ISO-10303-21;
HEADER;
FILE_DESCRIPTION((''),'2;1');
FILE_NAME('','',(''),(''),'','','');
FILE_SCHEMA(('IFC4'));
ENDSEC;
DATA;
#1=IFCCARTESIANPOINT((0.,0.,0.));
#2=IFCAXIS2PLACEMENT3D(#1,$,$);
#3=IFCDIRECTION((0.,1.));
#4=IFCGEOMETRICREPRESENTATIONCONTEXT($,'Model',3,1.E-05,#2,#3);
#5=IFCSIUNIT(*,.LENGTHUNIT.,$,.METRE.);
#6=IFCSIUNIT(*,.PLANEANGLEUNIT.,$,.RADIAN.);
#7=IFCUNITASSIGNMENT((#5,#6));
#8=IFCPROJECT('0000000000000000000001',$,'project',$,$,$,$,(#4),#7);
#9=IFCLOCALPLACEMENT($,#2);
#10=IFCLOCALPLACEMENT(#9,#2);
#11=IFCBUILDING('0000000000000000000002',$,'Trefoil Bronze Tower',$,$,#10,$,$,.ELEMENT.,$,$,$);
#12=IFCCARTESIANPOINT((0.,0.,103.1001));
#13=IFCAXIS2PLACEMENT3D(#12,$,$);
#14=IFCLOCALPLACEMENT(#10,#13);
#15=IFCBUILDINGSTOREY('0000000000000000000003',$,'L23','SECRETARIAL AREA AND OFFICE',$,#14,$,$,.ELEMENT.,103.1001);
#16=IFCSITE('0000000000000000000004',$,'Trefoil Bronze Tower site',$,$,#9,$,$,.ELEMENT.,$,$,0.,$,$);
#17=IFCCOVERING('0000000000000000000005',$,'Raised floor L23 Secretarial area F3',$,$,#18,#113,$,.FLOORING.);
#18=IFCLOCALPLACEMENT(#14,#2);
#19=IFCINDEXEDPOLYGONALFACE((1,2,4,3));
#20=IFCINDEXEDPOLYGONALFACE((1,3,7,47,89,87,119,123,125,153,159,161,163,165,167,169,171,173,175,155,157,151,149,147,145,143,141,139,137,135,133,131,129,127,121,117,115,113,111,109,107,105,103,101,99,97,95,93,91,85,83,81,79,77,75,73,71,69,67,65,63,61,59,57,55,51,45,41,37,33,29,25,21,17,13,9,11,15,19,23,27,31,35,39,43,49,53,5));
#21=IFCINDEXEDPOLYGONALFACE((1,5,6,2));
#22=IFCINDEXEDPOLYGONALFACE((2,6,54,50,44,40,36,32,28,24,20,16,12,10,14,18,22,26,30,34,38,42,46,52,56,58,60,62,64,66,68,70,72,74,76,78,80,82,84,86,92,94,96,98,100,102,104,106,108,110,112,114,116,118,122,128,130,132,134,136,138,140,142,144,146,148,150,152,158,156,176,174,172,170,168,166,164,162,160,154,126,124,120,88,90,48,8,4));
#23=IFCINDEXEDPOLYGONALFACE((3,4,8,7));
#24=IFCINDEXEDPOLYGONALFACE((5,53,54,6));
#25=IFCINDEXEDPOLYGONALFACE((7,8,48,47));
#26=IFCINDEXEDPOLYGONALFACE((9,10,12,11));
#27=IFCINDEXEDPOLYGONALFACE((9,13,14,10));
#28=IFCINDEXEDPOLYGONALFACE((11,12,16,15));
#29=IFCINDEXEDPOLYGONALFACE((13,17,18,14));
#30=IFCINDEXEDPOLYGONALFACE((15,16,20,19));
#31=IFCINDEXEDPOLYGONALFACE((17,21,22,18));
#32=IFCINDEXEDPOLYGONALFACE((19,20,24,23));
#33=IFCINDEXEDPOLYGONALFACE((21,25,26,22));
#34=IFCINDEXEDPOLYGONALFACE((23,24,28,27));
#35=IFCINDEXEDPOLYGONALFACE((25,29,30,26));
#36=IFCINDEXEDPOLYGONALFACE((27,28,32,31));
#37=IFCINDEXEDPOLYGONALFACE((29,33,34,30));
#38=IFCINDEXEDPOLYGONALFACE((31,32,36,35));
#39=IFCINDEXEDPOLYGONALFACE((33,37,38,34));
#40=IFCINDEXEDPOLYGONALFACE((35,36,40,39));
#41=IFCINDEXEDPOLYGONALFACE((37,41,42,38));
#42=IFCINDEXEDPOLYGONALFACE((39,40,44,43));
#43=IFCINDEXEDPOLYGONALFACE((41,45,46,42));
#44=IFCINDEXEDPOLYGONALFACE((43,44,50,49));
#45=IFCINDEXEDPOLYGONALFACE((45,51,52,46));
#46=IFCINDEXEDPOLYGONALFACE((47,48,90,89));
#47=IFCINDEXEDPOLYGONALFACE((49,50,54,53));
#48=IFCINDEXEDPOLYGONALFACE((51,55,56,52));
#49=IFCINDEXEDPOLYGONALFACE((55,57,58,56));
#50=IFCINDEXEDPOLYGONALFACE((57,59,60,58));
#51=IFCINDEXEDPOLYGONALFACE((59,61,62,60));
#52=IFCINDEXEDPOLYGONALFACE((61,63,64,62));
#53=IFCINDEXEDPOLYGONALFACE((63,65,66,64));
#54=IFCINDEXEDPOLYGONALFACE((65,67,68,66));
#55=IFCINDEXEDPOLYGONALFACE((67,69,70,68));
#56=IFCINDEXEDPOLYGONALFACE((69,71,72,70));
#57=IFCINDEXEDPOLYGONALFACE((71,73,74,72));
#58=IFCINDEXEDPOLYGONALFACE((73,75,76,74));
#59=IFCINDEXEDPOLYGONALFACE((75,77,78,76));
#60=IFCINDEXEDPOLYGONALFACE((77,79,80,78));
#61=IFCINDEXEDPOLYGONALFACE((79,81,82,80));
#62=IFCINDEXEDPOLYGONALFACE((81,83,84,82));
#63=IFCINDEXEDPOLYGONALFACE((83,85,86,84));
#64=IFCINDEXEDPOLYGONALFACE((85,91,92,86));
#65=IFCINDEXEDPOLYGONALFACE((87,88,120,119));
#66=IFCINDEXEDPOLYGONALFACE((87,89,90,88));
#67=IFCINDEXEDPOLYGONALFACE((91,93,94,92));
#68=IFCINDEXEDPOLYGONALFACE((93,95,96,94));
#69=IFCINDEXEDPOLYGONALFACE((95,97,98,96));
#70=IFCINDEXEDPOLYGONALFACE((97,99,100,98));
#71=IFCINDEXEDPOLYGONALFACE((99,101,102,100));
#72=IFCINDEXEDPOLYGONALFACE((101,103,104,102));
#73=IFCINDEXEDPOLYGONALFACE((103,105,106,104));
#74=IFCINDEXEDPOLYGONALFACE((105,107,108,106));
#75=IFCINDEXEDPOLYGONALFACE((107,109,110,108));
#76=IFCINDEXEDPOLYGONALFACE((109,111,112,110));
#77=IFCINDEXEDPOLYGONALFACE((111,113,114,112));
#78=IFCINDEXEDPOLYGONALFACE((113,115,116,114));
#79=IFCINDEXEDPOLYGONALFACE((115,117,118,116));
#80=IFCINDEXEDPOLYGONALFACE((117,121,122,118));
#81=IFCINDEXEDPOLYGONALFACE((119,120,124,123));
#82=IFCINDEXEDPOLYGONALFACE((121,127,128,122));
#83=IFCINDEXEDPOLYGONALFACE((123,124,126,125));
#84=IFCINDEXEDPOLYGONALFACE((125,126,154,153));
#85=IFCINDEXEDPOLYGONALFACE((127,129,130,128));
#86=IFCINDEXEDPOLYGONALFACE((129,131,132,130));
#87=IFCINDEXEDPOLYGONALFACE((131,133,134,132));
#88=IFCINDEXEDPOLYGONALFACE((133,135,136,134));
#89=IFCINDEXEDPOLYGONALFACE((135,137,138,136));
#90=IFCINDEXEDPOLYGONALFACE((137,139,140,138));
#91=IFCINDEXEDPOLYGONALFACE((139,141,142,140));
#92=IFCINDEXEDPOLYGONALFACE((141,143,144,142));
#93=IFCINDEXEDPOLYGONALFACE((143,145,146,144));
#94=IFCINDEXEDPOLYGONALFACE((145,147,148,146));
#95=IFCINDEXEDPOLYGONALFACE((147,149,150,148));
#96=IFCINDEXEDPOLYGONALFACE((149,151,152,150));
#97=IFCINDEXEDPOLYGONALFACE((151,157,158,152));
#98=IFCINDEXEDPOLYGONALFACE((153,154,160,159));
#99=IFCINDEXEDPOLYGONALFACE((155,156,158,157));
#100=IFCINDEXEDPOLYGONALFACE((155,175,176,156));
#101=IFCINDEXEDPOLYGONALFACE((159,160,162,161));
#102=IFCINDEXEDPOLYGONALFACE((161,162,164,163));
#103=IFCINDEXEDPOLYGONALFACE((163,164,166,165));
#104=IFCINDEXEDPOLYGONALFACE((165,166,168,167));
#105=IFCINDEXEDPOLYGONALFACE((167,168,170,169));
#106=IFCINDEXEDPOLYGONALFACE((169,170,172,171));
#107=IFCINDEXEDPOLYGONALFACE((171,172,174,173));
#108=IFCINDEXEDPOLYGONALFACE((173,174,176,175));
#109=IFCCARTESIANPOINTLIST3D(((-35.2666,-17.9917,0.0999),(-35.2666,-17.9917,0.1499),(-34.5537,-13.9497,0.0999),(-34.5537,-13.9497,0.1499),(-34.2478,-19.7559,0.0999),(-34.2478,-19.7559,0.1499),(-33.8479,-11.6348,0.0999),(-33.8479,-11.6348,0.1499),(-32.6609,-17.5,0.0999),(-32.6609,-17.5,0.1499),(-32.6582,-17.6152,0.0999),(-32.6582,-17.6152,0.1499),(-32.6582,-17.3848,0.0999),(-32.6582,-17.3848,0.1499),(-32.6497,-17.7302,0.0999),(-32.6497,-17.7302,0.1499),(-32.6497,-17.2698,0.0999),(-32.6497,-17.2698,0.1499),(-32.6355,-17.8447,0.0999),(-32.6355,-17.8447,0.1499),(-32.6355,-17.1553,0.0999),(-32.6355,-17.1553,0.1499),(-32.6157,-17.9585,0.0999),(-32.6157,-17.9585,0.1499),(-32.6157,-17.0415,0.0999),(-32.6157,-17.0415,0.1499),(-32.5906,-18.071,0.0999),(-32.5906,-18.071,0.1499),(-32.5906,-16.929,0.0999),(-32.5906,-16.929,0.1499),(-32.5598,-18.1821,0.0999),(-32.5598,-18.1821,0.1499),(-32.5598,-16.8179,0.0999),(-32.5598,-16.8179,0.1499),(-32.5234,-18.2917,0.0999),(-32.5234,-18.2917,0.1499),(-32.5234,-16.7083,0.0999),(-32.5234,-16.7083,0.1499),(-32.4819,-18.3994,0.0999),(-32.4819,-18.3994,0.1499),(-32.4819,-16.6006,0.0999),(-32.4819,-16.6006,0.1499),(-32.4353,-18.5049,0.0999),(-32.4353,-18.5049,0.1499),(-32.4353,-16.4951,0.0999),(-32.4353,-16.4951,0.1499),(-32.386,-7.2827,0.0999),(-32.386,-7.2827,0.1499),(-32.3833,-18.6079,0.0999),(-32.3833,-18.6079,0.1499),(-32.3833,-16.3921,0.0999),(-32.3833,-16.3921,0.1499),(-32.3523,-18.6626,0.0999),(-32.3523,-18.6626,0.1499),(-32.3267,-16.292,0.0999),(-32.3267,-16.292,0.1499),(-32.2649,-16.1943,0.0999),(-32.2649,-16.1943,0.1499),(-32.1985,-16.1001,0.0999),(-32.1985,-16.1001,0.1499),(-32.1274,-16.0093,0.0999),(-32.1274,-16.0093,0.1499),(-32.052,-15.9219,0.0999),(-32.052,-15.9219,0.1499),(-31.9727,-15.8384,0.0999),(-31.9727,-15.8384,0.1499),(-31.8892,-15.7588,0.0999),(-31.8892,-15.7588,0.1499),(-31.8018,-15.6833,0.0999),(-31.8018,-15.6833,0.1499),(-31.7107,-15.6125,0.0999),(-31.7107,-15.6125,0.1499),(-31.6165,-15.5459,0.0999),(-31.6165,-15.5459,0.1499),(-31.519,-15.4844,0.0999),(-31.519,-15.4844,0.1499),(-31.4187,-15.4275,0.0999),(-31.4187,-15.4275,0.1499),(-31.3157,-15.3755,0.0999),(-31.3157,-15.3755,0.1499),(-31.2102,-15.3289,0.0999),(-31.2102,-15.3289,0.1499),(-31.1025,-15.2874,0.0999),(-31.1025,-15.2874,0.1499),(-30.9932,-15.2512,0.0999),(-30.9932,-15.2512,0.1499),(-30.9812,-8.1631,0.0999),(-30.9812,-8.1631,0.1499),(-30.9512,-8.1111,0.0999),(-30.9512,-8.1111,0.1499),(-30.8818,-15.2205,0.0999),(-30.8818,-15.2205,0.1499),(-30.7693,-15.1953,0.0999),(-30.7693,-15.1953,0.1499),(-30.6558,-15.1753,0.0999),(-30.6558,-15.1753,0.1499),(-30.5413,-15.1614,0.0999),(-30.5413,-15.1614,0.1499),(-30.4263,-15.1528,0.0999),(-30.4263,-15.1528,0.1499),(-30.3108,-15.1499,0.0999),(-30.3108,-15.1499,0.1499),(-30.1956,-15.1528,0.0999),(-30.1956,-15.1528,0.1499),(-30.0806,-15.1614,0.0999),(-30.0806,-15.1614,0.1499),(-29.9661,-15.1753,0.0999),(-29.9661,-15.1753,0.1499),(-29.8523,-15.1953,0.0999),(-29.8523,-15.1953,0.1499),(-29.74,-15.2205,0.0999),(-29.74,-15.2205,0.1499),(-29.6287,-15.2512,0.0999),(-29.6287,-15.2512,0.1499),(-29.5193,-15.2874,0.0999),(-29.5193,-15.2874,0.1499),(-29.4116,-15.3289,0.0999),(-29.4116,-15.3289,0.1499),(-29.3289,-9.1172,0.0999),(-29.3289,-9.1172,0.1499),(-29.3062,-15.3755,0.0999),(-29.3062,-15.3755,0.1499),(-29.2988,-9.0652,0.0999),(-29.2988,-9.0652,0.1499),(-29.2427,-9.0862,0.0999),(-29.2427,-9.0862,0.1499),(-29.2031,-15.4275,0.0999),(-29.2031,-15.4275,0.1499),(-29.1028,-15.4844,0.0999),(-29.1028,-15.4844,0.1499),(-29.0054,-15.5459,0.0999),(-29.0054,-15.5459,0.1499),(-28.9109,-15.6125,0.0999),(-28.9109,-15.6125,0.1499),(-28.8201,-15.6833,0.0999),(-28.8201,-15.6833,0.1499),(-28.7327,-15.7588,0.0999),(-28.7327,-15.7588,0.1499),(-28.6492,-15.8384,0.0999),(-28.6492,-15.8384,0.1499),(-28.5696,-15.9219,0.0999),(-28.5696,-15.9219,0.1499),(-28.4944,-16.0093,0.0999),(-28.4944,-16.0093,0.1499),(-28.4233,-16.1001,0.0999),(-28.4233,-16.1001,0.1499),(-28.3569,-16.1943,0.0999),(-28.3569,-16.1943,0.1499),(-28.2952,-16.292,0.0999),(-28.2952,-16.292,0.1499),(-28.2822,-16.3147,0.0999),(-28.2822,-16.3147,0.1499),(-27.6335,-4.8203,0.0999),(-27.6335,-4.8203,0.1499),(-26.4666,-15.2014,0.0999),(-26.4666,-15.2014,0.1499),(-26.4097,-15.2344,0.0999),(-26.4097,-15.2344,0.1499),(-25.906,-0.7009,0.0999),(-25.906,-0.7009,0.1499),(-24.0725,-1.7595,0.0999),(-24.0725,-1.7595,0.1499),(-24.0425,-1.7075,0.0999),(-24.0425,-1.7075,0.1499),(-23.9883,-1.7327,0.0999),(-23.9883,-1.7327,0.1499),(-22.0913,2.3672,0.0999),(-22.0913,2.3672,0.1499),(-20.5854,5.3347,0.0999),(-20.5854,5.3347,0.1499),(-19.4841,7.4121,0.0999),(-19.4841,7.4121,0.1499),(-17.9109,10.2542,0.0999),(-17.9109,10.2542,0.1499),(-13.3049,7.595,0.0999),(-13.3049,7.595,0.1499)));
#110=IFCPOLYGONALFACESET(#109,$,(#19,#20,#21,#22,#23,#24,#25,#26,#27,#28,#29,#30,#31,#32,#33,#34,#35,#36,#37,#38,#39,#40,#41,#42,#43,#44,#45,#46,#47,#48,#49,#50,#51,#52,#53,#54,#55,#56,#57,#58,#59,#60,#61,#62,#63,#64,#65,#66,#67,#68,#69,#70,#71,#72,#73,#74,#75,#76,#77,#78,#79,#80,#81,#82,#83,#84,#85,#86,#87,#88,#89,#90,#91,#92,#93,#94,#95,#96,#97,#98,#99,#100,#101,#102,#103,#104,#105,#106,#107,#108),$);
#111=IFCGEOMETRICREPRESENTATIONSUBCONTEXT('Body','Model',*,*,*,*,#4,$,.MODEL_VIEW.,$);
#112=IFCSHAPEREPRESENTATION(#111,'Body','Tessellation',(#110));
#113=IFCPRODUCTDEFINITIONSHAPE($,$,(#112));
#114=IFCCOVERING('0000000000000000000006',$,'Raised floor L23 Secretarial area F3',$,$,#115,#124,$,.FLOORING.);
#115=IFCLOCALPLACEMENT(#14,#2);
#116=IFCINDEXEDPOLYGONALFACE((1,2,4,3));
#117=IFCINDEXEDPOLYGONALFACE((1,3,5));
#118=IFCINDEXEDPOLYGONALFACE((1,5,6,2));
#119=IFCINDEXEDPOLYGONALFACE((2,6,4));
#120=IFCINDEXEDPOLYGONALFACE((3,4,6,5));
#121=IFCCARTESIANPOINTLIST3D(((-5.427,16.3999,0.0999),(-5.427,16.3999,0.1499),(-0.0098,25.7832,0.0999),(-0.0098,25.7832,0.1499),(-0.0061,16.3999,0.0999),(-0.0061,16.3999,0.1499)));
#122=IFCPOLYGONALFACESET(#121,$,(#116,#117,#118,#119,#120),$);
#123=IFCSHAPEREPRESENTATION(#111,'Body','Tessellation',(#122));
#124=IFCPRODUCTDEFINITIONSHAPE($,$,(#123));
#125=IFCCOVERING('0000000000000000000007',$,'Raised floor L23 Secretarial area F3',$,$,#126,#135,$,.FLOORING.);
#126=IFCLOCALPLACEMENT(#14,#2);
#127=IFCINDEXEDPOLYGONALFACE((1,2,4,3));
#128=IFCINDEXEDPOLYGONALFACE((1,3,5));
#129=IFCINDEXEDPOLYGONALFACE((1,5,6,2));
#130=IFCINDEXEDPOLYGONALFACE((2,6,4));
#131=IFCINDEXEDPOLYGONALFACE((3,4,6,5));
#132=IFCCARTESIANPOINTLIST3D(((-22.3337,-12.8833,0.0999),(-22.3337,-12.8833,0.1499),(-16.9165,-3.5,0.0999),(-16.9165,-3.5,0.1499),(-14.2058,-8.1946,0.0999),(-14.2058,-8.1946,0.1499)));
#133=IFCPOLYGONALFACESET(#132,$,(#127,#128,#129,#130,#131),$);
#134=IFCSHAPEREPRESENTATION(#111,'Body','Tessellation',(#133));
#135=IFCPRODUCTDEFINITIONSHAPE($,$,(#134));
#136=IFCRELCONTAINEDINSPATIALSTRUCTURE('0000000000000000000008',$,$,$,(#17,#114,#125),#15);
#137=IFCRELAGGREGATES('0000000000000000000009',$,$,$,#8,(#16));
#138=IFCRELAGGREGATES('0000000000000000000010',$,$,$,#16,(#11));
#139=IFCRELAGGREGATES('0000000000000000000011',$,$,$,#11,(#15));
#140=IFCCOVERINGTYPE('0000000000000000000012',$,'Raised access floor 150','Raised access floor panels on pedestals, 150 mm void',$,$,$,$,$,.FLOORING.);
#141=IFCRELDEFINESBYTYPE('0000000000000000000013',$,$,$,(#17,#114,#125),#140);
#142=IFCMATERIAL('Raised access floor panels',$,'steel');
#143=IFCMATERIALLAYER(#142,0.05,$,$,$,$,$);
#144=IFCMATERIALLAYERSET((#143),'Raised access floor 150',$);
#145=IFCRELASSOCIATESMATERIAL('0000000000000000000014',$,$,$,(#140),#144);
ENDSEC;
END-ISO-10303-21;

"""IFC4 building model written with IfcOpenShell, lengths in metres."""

from ifc_helpers import new_model, si_unit, direction, frame, origin, place, context, subcontext, project, spatial, polyline, outline, extrude, material, layer, layer_set, type_object, element, save


model = new_model("IFC4")

# Units and contexts
model_context = context("Model", 3, precision=1e-05, world=origin(), true_north=direction((0.0, 1.0)))
body_context = subcontext(model_context, "Body", "Model", "MODEL_VIEW")
ifc_project = project(units=[si_unit("LENGTHUNIT", "METRE"), si_unit("PLANEANGLEUNIT", "RADIAN")], contexts=[model_context])

# Site, building, storey
site_placement = place(None, origin())
site = spatial("IfcSite", under=ifc_project, at=site_placement, Name="Trefoil Bronze Tower site", CompositionType="ELEMENT", RefElevation=0.0)
building_placement = place(site_placement, origin())
building = spatial("IfcBuilding", under=site, at=building_placement, Name="Trefoil Bronze Tower", CompositionType="ELEMENT")
storey_placement = place(building_placement, frame((0.0, 0.0, 103.1001)))
storey = spatial("IfcBuildingStorey", under=building, at=storey_placement, Name="L23", Description="SECRETARIAL AREA AND OFFICE", CompositionType="ELEMENT", Elevation=103.1001)

# Coverings
ifc_material_1 = material(Name="Raised access floor panels", Category="steel")
ifc_layer_1 = layer(ifc_material_1, 0.05)
ifc_layer_set_1 = layer_set([ifc_layer_1], Name="Raised access floor 150")
covering_type_1 = type_object("IfcCoveringType", Name="Raised access floor 150", Description="Raised access floor panels on pedestals, 150 mm void", PredefinedType="FLOORING", material=ifc_layer_set_1)
covering_1_placement = place(storey_placement, frame((0.0, 0.0, 0.0999)))
element("IfcCovering", 1, at=covering_1_placement, inside=storey, type_object=covering_type_1, Name="Raised floor L23 Secretarial area F3", PredefinedType="FLOORING", context=body_context, shape_type="SweptSolid", body=[
    extrude(outline(polyline([(-34.2478, -19.7559), (-35.2666, -17.9917), (-34.5537, -13.9497), (-33.8479, -11.6348), (-32.386, -7.2827), (-30.9512, -8.1111), (-30.9812, -8.1631), (-29.3289, -9.1172), (-29.2988, -9.0652), (-29.2427, -9.0862), (-27.6335, -4.8203), (-25.906, -0.7009), (-24.0725, -1.7595), (-24.0425, -1.7075), (-23.9883, -1.7327), (-22.0913, 2.3672), (-20.5854, 5.3347), (-19.4841, 7.4121), (-17.9109, 10.2542), (-13.3049, 7.595), (-26.4666, -15.2014), (-26.4097, -15.2344), (-28.2822, -16.3147), (-28.2952, -16.292), (-28.3569, -16.1943), (-28.4233, -16.1001), (-28.4944, -16.0093), (-28.5696, -15.9219), (-28.6492, -15.8384), (-28.7327, -15.7588), (-28.8201, -15.6833), (-28.9109, -15.6125), (-29.0054, -15.5459), (-29.1028, -15.4844), (-29.2031, -15.4275), (-29.3062, -15.3755), (-29.4116, -15.3289), (-29.5193, -15.2874), (-29.6287, -15.2512), (-29.74, -15.2205), (-29.8523, -15.1953), (-29.9661, -15.1753), (-30.0806, -15.1614), (-30.1956, -15.1528), (-30.3108, -15.1499), (-30.4263, -15.1528), (-30.5413, -15.1614), (-30.6558, -15.1753), (-30.7693, -15.1953), (-30.8818, -15.2205), (-30.9932, -15.2512), (-31.1025, -15.2874), (-31.2102, -15.3289), (-31.3157, -15.3755), (-31.4187, -15.4275), (-31.519, -15.4844), (-31.6165, -15.5459), (-31.7107, -15.6125), (-31.8018, -15.6833), (-31.8892, -15.7588), (-31.9727, -15.8384), (-32.052, -15.9219), (-32.1274, -16.0093), (-32.1985, -16.1001), (-32.2649, -16.1943), (-32.3267, -16.292), (-32.3833, -16.3921), (-32.4353, -16.4951), (-32.4819, -16.6006), (-32.5234, -16.7083), (-32.5598, -16.8179), (-32.5906, -16.929), (-32.6157, -17.0415), (-32.6355, -17.1553), (-32.6497, -17.2698), (-32.6582, -17.3848), (-32.6609, -17.5), (-32.6582, -17.6152), (-32.6497, -17.7302), (-32.6355, -17.8447), (-32.6157, -17.9585), (-32.5906, -18.071), (-32.5598, -18.1821), (-32.5234, -18.2917), (-32.4819, -18.3994), (-32.4353, -18.5049), (-32.3833, -18.6079), (-32.3523, -18.6626), (-34.2478, -19.7559)])), origin(), (0.0, 0.0, 1.0), 0.05),
])
covering_2_placement = place(storey_placement, frame((0.0, 0.0, 0.0999)))
element("IfcCovering", 2, at=covering_2_placement, inside=storey, type_object=covering_type_1, Name="Raised floor L23 Secretarial area F3", PredefinedType="FLOORING", context=body_context, shape_type="SweptSolid", body=[
    extrude(outline(polyline([(-0.0061, 16.3999), (-5.427, 16.3999), (-0.0098, 25.7832), (-0.0061, 16.3999)])), origin(), (0.0, 0.0, 1.0), 0.05),
])
covering_3_placement = place(storey_placement, frame((0.0, 0.0, 0.0999)))
element("IfcCovering", 3, at=covering_3_placement, inside=storey, type_object=covering_type_1, Name="Raised floor L23 Secretarial area F3", PredefinedType="FLOORING", context=body_context, shape_type="SweptSolid", body=[
    extrude(outline(polyline([(-14.2058, -8.1946), (-22.3337, -12.8833), (-16.9165, -3.5), (-14.2058, -8.1946)])), origin(), (0.0, 0.0, 1.0), 0.05),
])

save(model, "model.ifc")
